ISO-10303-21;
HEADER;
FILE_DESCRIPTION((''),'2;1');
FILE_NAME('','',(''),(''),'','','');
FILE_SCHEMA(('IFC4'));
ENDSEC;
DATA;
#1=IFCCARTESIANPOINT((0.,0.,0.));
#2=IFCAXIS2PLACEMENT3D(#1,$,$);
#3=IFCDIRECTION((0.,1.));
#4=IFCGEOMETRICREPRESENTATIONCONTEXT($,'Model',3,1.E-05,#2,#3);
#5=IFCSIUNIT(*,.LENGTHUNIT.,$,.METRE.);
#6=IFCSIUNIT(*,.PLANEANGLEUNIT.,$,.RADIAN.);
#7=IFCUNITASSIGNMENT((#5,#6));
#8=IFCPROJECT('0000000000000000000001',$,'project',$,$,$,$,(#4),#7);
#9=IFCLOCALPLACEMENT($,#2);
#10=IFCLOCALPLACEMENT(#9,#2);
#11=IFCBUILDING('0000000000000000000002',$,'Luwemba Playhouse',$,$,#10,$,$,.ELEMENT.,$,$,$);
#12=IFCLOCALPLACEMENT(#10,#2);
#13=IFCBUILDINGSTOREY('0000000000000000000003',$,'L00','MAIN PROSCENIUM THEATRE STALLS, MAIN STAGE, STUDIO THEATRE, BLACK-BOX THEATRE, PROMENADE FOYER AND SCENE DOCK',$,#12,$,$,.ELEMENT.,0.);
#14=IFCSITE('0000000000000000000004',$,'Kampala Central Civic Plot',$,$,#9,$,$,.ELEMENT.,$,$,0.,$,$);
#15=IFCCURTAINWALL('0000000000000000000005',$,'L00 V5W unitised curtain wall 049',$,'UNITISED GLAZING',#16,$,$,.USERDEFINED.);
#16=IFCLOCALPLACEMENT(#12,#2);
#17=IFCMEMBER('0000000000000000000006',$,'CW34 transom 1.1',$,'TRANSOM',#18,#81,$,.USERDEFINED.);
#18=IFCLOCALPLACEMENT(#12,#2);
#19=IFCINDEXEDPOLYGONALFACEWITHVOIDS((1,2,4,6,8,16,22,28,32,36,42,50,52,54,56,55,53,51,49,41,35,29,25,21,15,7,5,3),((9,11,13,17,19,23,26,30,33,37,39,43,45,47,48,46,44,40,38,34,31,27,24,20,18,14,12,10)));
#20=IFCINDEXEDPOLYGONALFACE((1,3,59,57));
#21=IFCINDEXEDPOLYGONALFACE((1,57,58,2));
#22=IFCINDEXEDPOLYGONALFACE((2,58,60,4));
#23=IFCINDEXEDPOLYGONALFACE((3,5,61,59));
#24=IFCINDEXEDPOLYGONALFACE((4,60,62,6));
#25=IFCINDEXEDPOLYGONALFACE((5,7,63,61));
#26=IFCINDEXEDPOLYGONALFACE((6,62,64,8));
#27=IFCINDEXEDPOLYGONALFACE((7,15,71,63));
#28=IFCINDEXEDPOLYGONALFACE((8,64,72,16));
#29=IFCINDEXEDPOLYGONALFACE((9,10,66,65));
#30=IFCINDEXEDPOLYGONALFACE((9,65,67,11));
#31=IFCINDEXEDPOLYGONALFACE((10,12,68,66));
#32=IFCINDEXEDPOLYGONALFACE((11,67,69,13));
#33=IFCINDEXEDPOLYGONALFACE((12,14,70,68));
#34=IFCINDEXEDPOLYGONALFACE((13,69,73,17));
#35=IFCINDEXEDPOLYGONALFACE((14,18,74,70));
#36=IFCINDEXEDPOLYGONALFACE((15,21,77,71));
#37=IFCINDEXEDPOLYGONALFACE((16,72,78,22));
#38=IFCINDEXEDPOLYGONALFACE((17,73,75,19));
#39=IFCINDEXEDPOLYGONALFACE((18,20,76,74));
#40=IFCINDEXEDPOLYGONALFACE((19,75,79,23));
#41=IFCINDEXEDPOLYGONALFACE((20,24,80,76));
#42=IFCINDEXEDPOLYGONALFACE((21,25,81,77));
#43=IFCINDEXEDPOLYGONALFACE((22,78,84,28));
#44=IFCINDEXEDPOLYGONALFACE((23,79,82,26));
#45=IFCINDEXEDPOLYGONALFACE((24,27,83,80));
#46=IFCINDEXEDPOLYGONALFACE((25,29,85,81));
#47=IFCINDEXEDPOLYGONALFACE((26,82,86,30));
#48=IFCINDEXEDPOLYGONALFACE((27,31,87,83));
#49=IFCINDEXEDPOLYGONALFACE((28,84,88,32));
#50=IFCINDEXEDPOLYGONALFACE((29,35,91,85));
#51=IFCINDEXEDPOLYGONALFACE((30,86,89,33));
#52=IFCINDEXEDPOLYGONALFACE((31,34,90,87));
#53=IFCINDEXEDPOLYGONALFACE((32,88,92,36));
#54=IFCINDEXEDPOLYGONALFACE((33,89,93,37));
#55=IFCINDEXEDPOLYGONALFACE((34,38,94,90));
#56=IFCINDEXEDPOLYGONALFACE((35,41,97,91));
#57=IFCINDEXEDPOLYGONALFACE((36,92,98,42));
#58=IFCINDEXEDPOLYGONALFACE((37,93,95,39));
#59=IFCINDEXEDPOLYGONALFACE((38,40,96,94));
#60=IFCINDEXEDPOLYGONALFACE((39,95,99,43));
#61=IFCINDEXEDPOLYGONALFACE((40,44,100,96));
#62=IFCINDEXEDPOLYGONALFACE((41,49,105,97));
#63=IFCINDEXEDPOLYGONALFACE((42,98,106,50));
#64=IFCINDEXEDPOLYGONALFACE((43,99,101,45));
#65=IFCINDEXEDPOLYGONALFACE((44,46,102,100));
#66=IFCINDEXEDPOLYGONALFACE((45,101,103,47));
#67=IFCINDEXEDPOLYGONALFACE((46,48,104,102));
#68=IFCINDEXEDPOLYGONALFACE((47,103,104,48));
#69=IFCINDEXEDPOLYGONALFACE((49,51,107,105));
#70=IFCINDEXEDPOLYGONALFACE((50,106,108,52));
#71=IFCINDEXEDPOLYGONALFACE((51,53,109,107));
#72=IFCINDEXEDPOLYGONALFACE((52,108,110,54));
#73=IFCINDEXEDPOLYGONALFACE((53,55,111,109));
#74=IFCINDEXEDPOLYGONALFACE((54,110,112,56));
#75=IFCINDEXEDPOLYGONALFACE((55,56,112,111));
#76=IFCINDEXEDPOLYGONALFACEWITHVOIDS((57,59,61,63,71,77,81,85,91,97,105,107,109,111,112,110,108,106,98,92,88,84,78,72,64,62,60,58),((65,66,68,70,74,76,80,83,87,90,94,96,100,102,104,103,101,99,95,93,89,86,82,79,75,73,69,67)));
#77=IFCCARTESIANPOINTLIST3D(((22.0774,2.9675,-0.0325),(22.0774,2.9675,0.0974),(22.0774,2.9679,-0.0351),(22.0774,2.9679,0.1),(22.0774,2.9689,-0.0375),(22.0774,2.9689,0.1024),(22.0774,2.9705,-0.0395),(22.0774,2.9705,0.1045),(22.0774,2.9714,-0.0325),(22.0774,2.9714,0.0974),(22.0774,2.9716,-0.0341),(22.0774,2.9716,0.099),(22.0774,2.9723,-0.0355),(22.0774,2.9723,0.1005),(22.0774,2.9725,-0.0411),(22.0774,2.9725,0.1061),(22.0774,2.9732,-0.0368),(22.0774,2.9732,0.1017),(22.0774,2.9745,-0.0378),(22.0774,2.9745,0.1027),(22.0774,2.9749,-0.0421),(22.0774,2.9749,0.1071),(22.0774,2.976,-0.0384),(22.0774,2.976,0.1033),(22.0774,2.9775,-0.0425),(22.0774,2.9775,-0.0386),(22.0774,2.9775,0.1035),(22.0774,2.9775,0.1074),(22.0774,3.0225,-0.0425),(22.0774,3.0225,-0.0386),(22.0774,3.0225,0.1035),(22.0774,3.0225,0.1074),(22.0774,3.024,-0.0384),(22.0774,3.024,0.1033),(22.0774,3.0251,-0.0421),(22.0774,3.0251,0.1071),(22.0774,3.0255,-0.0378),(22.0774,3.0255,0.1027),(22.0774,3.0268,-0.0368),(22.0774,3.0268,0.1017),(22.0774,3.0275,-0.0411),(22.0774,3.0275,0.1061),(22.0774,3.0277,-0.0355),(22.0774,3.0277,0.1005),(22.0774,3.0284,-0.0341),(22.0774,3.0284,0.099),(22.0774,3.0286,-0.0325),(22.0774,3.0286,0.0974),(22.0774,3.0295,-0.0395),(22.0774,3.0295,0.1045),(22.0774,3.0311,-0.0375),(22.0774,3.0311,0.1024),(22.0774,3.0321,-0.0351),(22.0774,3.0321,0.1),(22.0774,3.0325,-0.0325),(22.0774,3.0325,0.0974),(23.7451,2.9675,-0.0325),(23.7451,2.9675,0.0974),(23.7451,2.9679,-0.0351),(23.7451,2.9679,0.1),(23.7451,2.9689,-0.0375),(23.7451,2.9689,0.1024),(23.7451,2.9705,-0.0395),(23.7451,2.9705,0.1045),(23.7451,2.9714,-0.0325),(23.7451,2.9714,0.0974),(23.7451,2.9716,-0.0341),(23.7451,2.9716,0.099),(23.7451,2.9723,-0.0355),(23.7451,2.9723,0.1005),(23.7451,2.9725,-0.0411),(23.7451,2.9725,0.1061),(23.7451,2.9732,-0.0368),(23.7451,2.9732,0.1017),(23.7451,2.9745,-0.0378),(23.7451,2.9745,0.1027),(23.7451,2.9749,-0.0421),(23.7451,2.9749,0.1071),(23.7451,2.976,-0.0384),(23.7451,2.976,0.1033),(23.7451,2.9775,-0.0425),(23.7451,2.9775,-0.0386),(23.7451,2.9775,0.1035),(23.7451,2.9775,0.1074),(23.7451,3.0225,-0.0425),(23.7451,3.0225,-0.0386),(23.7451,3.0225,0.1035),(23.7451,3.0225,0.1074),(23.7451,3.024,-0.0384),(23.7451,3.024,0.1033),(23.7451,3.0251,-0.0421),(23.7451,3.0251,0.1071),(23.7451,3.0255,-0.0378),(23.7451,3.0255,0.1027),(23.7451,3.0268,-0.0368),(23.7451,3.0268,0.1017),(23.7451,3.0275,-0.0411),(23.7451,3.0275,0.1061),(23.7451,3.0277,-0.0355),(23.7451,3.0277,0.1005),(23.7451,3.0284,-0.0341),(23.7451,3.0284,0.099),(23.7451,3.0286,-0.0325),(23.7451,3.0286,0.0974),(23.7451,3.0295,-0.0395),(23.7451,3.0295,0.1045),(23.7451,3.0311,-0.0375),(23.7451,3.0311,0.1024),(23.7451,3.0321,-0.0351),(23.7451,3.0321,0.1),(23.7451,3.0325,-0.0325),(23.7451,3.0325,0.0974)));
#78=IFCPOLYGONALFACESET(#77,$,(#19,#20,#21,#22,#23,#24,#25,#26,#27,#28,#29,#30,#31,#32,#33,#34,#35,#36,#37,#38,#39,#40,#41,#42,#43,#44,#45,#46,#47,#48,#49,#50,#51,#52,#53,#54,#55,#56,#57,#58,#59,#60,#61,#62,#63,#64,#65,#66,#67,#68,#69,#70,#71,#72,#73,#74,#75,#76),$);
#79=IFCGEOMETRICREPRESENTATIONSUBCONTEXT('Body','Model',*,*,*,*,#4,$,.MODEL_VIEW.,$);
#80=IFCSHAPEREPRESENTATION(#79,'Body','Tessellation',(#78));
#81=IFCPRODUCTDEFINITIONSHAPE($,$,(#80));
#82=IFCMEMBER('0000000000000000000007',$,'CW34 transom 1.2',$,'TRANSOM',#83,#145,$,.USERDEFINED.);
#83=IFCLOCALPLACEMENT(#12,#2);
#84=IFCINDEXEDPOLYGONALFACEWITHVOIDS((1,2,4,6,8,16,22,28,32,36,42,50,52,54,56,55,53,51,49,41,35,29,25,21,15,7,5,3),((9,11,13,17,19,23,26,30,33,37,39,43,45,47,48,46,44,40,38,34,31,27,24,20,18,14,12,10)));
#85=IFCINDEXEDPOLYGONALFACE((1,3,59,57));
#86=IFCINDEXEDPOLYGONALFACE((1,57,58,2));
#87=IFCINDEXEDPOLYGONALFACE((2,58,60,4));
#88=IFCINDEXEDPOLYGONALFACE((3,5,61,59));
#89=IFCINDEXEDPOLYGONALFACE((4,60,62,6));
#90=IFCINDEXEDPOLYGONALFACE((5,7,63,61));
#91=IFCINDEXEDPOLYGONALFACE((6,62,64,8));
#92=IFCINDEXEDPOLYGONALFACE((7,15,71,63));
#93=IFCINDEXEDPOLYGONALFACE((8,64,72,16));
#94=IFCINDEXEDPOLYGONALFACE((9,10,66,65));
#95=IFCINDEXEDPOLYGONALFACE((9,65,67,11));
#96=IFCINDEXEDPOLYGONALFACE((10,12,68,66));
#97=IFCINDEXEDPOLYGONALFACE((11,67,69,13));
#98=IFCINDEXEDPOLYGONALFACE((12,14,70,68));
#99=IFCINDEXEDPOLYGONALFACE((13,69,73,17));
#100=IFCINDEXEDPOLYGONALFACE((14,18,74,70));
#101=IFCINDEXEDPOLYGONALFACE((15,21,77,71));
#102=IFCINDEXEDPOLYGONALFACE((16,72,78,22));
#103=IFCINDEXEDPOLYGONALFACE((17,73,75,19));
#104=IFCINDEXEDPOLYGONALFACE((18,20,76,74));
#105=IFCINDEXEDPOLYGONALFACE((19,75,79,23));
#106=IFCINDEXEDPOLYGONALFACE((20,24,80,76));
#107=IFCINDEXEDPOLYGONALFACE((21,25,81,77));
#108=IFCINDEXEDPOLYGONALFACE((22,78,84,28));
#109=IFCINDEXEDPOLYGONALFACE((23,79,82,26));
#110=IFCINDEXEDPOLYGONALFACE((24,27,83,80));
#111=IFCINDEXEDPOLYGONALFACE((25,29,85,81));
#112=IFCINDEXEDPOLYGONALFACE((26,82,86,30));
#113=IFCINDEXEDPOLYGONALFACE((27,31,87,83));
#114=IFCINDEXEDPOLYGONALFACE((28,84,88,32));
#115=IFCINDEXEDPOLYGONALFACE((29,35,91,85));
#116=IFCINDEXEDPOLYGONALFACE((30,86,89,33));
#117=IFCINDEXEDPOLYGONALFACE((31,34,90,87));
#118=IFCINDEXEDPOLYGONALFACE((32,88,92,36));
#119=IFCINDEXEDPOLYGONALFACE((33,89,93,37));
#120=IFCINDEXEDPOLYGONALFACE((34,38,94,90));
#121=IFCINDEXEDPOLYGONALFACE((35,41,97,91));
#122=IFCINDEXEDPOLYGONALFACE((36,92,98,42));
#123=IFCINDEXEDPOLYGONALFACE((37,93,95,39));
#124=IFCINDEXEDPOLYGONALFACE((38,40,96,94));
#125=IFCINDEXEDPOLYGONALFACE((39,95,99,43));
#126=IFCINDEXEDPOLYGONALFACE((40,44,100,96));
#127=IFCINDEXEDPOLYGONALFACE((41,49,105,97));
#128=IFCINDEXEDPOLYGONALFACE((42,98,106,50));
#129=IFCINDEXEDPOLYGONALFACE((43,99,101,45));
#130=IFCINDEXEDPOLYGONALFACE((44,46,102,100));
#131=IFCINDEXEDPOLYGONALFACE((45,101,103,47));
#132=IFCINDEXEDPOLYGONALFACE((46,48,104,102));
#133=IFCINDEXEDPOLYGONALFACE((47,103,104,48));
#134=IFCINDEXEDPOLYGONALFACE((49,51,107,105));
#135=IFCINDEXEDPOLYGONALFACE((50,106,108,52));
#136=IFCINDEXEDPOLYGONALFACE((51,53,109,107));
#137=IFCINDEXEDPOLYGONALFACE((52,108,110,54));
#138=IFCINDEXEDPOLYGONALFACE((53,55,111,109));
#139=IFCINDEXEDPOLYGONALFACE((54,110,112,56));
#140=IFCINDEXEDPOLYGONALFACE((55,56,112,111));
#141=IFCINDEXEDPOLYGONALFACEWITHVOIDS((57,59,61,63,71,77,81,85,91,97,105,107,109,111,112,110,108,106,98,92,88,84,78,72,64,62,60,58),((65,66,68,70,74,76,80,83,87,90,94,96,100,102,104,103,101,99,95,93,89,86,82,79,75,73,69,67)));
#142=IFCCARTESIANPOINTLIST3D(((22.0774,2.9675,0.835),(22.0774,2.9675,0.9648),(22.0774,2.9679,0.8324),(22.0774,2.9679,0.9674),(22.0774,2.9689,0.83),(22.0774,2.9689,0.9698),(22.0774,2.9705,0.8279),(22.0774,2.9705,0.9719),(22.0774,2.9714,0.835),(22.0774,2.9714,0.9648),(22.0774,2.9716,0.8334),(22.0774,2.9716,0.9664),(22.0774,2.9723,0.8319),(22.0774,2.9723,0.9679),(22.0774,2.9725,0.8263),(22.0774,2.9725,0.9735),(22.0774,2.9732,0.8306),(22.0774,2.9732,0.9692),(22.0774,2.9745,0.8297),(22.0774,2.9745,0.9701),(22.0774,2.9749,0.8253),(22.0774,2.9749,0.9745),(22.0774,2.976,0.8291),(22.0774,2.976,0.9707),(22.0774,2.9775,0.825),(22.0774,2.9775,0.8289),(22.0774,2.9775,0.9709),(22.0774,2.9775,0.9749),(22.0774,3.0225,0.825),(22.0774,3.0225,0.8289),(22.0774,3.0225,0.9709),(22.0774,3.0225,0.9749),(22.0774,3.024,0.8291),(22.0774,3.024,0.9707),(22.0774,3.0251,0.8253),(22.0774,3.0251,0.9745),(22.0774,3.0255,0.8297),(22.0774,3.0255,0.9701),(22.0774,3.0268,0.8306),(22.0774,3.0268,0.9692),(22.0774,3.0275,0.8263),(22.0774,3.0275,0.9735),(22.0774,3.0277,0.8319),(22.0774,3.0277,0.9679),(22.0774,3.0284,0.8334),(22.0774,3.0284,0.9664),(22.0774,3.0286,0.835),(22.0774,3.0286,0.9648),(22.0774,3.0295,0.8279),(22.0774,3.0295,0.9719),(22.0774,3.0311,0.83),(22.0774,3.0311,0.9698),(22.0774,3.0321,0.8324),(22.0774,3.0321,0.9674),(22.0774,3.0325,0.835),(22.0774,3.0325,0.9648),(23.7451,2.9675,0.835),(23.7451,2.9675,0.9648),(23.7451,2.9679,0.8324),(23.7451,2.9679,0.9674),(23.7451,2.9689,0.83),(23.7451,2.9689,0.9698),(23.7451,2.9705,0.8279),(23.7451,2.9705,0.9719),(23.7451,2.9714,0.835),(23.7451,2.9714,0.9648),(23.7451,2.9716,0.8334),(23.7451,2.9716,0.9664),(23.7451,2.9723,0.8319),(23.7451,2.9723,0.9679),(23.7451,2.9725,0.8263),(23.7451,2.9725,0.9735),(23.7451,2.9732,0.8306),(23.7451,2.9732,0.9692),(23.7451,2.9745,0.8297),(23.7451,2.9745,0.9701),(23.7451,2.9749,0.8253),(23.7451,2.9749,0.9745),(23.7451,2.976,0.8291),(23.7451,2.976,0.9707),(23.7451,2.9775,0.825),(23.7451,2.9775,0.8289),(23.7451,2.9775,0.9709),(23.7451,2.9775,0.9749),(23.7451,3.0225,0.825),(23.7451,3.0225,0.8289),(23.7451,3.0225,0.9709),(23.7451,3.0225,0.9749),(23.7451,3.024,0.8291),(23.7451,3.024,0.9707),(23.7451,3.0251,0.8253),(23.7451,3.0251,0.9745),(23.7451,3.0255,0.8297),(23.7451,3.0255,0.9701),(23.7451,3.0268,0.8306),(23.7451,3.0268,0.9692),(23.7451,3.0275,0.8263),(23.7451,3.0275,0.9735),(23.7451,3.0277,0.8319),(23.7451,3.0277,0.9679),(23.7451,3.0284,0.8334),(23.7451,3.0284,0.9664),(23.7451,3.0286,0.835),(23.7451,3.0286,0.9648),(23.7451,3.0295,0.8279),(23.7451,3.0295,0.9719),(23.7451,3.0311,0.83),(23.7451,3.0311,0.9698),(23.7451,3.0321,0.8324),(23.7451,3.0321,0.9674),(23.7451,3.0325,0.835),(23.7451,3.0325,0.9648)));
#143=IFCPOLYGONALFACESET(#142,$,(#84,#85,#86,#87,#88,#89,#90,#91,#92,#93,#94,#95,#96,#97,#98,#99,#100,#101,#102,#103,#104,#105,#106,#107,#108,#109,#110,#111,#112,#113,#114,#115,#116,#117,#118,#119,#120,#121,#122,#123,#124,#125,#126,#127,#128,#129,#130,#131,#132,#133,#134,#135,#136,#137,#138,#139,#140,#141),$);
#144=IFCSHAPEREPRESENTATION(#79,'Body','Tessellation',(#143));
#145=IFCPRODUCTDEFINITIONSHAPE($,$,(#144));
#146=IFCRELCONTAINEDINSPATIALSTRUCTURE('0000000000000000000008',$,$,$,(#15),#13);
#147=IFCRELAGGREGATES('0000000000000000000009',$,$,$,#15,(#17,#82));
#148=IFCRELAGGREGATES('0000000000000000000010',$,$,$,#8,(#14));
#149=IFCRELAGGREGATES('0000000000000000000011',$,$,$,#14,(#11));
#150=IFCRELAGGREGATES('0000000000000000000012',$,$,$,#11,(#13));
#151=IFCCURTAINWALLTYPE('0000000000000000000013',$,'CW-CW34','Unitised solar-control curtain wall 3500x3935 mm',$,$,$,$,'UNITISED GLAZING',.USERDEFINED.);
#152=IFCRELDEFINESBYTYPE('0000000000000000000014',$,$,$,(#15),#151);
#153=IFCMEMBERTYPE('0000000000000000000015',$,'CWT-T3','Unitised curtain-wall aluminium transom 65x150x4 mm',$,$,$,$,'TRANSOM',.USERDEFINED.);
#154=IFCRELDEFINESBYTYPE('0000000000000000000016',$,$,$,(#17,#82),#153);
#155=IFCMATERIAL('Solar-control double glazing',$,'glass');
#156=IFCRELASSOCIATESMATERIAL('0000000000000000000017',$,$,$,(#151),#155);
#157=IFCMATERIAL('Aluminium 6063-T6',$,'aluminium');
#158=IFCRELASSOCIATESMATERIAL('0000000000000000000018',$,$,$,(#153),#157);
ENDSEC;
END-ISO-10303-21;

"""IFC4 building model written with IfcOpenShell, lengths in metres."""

from ifc_helpers import new_model, si_unit, direction, frame, origin, origin_2d, place, context, subcontext, project, spatial, hollow_rectangle, extrude, material, material_profile, profile_set, type_object, element, aggregate, save


model = new_model("IFC4")

# Units and contexts
model_context = context("Model", 3, precision=1e-05, world=origin(), true_north=direction((0.0, 1.0)))
body_context = subcontext(model_context, "Body", "Model", "MODEL_VIEW")
ifc_project = project(units=[si_unit("LENGTHUNIT", "METRE"), si_unit("PLANEANGLEUNIT", "RADIAN")], contexts=[model_context])

# Site, building, storey
site_placement = place(None, origin())
site = spatial("IfcSite", under=ifc_project, at=site_placement, Name="Kampala Central Civic Plot", CompositionType="ELEMENT", RefElevation=0.0)
building_placement = place(site_placement, origin())
building = spatial("IfcBuilding", under=site, at=building_placement, Name="Luwemba Playhouse", CompositionType="ELEMENT")
storey_placement = place(building_placement, origin())
storey = spatial("IfcBuildingStorey", under=building, at=storey_placement, Name="L00", Description="MAIN PROSCENIUM THEATRE STALLS, MAIN STAGE, STUDIO THEATRE, BLACK-BOX THEATRE, PROMENADE FOYER AND SCENE DOCK", CompositionType="ELEMENT", Elevation=0.0)

# Shared definitions
ifc_material_1 = material(Name="Solar-control double glazing", Category="glass")
ifc_material_2 = material(Name="Aluminium 6063-T6", Category="aluminium")

# Curtain wall
curtain_wall_type_1 = type_object("IfcCurtainWallType", Name="CW-CW34", Description="Unitised solar-control curtain wall 3500x3935 mm", ElementType="UNITISED GLAZING", PredefinedType="USERDEFINED", material=ifc_material_1)
curtain_wall_1_placement = place(storey_placement, origin())
curtain_wall_1 = element("IfcCurtainWall", 1, at=curtain_wall_1_placement, inside=storey, type_object=curtain_wall_type_1, Name="L00 V5W unitised curtain wall 049", ObjectType="UNITISED GLAZING", PredefinedType="USERDEFINED")

# Members
ifc_material_profile_1 = material_profile(ifc_material_2, hollow_rectangle(XDim=0.0649, YDim=0.1499, WallThickness=0.0039, InnerFilletRadius=0.0061, OuterFilletRadius=0.01, at=origin_2d()))
ifc_profile_set_1 = profile_set([ifc_material_profile_1], Name="Aluminium 6063-T6")
member_type_1 = type_object("IfcMemberType", Name="CWT-T3", Description="Unitised curtain-wall aluminium transom 65x150x4 mm", ElementType="TRANSOM", PredefinedType="USERDEFINED", material=ifc_profile_set_1)
member_1_placement = place(storey_placement, frame((23.7451, 3.0, 0.0325), z_axis=(-1.0, 0.0, 0.0), x_axis=(0.0, -1.0, 0.0)))
member_1 = element("IfcMember", 2, at=member_1_placement, type_object=member_type_1, Name="CW34 transom 1.1", ObjectType="TRANSOM", PredefinedType="USERDEFINED", context=body_context, shape_type="SweptSolid", body=[
    extrude(hollow_rectangle(XDim=0.0649, YDim=0.1499, WallThickness=0.0039, InnerFilletRadius=0.0061, OuterFilletRadius=0.01, at=origin_2d()), origin(), (0.0, 0.0, 1.0), 1.6677),
])
member_2_placement = place(storey_placement, frame((23.7451, 3.0, 0.8999), z_axis=(-1.0, 0.0, 0.0), x_axis=(0.0, -1.0, 0.0)))
member_2 = element("IfcMember", 3, at=member_2_placement, type_object=member_type_1, Name="CW34 transom 1.2", ObjectType="TRANSOM", PredefinedType="USERDEFINED", context=body_context, shape_type="SweptSolid", body=[
    extrude(hollow_rectangle(XDim=0.0649, YDim=0.1499, WallThickness=0.0039, InnerFilletRadius=0.0061, OuterFilletRadius=0.01, at=origin_2d()), origin(), (0.0, 0.0, 1.0), 1.6677),
])

aggregate(curtain_wall_1, [member_1, member_2])

save(model, "model.ifc")
